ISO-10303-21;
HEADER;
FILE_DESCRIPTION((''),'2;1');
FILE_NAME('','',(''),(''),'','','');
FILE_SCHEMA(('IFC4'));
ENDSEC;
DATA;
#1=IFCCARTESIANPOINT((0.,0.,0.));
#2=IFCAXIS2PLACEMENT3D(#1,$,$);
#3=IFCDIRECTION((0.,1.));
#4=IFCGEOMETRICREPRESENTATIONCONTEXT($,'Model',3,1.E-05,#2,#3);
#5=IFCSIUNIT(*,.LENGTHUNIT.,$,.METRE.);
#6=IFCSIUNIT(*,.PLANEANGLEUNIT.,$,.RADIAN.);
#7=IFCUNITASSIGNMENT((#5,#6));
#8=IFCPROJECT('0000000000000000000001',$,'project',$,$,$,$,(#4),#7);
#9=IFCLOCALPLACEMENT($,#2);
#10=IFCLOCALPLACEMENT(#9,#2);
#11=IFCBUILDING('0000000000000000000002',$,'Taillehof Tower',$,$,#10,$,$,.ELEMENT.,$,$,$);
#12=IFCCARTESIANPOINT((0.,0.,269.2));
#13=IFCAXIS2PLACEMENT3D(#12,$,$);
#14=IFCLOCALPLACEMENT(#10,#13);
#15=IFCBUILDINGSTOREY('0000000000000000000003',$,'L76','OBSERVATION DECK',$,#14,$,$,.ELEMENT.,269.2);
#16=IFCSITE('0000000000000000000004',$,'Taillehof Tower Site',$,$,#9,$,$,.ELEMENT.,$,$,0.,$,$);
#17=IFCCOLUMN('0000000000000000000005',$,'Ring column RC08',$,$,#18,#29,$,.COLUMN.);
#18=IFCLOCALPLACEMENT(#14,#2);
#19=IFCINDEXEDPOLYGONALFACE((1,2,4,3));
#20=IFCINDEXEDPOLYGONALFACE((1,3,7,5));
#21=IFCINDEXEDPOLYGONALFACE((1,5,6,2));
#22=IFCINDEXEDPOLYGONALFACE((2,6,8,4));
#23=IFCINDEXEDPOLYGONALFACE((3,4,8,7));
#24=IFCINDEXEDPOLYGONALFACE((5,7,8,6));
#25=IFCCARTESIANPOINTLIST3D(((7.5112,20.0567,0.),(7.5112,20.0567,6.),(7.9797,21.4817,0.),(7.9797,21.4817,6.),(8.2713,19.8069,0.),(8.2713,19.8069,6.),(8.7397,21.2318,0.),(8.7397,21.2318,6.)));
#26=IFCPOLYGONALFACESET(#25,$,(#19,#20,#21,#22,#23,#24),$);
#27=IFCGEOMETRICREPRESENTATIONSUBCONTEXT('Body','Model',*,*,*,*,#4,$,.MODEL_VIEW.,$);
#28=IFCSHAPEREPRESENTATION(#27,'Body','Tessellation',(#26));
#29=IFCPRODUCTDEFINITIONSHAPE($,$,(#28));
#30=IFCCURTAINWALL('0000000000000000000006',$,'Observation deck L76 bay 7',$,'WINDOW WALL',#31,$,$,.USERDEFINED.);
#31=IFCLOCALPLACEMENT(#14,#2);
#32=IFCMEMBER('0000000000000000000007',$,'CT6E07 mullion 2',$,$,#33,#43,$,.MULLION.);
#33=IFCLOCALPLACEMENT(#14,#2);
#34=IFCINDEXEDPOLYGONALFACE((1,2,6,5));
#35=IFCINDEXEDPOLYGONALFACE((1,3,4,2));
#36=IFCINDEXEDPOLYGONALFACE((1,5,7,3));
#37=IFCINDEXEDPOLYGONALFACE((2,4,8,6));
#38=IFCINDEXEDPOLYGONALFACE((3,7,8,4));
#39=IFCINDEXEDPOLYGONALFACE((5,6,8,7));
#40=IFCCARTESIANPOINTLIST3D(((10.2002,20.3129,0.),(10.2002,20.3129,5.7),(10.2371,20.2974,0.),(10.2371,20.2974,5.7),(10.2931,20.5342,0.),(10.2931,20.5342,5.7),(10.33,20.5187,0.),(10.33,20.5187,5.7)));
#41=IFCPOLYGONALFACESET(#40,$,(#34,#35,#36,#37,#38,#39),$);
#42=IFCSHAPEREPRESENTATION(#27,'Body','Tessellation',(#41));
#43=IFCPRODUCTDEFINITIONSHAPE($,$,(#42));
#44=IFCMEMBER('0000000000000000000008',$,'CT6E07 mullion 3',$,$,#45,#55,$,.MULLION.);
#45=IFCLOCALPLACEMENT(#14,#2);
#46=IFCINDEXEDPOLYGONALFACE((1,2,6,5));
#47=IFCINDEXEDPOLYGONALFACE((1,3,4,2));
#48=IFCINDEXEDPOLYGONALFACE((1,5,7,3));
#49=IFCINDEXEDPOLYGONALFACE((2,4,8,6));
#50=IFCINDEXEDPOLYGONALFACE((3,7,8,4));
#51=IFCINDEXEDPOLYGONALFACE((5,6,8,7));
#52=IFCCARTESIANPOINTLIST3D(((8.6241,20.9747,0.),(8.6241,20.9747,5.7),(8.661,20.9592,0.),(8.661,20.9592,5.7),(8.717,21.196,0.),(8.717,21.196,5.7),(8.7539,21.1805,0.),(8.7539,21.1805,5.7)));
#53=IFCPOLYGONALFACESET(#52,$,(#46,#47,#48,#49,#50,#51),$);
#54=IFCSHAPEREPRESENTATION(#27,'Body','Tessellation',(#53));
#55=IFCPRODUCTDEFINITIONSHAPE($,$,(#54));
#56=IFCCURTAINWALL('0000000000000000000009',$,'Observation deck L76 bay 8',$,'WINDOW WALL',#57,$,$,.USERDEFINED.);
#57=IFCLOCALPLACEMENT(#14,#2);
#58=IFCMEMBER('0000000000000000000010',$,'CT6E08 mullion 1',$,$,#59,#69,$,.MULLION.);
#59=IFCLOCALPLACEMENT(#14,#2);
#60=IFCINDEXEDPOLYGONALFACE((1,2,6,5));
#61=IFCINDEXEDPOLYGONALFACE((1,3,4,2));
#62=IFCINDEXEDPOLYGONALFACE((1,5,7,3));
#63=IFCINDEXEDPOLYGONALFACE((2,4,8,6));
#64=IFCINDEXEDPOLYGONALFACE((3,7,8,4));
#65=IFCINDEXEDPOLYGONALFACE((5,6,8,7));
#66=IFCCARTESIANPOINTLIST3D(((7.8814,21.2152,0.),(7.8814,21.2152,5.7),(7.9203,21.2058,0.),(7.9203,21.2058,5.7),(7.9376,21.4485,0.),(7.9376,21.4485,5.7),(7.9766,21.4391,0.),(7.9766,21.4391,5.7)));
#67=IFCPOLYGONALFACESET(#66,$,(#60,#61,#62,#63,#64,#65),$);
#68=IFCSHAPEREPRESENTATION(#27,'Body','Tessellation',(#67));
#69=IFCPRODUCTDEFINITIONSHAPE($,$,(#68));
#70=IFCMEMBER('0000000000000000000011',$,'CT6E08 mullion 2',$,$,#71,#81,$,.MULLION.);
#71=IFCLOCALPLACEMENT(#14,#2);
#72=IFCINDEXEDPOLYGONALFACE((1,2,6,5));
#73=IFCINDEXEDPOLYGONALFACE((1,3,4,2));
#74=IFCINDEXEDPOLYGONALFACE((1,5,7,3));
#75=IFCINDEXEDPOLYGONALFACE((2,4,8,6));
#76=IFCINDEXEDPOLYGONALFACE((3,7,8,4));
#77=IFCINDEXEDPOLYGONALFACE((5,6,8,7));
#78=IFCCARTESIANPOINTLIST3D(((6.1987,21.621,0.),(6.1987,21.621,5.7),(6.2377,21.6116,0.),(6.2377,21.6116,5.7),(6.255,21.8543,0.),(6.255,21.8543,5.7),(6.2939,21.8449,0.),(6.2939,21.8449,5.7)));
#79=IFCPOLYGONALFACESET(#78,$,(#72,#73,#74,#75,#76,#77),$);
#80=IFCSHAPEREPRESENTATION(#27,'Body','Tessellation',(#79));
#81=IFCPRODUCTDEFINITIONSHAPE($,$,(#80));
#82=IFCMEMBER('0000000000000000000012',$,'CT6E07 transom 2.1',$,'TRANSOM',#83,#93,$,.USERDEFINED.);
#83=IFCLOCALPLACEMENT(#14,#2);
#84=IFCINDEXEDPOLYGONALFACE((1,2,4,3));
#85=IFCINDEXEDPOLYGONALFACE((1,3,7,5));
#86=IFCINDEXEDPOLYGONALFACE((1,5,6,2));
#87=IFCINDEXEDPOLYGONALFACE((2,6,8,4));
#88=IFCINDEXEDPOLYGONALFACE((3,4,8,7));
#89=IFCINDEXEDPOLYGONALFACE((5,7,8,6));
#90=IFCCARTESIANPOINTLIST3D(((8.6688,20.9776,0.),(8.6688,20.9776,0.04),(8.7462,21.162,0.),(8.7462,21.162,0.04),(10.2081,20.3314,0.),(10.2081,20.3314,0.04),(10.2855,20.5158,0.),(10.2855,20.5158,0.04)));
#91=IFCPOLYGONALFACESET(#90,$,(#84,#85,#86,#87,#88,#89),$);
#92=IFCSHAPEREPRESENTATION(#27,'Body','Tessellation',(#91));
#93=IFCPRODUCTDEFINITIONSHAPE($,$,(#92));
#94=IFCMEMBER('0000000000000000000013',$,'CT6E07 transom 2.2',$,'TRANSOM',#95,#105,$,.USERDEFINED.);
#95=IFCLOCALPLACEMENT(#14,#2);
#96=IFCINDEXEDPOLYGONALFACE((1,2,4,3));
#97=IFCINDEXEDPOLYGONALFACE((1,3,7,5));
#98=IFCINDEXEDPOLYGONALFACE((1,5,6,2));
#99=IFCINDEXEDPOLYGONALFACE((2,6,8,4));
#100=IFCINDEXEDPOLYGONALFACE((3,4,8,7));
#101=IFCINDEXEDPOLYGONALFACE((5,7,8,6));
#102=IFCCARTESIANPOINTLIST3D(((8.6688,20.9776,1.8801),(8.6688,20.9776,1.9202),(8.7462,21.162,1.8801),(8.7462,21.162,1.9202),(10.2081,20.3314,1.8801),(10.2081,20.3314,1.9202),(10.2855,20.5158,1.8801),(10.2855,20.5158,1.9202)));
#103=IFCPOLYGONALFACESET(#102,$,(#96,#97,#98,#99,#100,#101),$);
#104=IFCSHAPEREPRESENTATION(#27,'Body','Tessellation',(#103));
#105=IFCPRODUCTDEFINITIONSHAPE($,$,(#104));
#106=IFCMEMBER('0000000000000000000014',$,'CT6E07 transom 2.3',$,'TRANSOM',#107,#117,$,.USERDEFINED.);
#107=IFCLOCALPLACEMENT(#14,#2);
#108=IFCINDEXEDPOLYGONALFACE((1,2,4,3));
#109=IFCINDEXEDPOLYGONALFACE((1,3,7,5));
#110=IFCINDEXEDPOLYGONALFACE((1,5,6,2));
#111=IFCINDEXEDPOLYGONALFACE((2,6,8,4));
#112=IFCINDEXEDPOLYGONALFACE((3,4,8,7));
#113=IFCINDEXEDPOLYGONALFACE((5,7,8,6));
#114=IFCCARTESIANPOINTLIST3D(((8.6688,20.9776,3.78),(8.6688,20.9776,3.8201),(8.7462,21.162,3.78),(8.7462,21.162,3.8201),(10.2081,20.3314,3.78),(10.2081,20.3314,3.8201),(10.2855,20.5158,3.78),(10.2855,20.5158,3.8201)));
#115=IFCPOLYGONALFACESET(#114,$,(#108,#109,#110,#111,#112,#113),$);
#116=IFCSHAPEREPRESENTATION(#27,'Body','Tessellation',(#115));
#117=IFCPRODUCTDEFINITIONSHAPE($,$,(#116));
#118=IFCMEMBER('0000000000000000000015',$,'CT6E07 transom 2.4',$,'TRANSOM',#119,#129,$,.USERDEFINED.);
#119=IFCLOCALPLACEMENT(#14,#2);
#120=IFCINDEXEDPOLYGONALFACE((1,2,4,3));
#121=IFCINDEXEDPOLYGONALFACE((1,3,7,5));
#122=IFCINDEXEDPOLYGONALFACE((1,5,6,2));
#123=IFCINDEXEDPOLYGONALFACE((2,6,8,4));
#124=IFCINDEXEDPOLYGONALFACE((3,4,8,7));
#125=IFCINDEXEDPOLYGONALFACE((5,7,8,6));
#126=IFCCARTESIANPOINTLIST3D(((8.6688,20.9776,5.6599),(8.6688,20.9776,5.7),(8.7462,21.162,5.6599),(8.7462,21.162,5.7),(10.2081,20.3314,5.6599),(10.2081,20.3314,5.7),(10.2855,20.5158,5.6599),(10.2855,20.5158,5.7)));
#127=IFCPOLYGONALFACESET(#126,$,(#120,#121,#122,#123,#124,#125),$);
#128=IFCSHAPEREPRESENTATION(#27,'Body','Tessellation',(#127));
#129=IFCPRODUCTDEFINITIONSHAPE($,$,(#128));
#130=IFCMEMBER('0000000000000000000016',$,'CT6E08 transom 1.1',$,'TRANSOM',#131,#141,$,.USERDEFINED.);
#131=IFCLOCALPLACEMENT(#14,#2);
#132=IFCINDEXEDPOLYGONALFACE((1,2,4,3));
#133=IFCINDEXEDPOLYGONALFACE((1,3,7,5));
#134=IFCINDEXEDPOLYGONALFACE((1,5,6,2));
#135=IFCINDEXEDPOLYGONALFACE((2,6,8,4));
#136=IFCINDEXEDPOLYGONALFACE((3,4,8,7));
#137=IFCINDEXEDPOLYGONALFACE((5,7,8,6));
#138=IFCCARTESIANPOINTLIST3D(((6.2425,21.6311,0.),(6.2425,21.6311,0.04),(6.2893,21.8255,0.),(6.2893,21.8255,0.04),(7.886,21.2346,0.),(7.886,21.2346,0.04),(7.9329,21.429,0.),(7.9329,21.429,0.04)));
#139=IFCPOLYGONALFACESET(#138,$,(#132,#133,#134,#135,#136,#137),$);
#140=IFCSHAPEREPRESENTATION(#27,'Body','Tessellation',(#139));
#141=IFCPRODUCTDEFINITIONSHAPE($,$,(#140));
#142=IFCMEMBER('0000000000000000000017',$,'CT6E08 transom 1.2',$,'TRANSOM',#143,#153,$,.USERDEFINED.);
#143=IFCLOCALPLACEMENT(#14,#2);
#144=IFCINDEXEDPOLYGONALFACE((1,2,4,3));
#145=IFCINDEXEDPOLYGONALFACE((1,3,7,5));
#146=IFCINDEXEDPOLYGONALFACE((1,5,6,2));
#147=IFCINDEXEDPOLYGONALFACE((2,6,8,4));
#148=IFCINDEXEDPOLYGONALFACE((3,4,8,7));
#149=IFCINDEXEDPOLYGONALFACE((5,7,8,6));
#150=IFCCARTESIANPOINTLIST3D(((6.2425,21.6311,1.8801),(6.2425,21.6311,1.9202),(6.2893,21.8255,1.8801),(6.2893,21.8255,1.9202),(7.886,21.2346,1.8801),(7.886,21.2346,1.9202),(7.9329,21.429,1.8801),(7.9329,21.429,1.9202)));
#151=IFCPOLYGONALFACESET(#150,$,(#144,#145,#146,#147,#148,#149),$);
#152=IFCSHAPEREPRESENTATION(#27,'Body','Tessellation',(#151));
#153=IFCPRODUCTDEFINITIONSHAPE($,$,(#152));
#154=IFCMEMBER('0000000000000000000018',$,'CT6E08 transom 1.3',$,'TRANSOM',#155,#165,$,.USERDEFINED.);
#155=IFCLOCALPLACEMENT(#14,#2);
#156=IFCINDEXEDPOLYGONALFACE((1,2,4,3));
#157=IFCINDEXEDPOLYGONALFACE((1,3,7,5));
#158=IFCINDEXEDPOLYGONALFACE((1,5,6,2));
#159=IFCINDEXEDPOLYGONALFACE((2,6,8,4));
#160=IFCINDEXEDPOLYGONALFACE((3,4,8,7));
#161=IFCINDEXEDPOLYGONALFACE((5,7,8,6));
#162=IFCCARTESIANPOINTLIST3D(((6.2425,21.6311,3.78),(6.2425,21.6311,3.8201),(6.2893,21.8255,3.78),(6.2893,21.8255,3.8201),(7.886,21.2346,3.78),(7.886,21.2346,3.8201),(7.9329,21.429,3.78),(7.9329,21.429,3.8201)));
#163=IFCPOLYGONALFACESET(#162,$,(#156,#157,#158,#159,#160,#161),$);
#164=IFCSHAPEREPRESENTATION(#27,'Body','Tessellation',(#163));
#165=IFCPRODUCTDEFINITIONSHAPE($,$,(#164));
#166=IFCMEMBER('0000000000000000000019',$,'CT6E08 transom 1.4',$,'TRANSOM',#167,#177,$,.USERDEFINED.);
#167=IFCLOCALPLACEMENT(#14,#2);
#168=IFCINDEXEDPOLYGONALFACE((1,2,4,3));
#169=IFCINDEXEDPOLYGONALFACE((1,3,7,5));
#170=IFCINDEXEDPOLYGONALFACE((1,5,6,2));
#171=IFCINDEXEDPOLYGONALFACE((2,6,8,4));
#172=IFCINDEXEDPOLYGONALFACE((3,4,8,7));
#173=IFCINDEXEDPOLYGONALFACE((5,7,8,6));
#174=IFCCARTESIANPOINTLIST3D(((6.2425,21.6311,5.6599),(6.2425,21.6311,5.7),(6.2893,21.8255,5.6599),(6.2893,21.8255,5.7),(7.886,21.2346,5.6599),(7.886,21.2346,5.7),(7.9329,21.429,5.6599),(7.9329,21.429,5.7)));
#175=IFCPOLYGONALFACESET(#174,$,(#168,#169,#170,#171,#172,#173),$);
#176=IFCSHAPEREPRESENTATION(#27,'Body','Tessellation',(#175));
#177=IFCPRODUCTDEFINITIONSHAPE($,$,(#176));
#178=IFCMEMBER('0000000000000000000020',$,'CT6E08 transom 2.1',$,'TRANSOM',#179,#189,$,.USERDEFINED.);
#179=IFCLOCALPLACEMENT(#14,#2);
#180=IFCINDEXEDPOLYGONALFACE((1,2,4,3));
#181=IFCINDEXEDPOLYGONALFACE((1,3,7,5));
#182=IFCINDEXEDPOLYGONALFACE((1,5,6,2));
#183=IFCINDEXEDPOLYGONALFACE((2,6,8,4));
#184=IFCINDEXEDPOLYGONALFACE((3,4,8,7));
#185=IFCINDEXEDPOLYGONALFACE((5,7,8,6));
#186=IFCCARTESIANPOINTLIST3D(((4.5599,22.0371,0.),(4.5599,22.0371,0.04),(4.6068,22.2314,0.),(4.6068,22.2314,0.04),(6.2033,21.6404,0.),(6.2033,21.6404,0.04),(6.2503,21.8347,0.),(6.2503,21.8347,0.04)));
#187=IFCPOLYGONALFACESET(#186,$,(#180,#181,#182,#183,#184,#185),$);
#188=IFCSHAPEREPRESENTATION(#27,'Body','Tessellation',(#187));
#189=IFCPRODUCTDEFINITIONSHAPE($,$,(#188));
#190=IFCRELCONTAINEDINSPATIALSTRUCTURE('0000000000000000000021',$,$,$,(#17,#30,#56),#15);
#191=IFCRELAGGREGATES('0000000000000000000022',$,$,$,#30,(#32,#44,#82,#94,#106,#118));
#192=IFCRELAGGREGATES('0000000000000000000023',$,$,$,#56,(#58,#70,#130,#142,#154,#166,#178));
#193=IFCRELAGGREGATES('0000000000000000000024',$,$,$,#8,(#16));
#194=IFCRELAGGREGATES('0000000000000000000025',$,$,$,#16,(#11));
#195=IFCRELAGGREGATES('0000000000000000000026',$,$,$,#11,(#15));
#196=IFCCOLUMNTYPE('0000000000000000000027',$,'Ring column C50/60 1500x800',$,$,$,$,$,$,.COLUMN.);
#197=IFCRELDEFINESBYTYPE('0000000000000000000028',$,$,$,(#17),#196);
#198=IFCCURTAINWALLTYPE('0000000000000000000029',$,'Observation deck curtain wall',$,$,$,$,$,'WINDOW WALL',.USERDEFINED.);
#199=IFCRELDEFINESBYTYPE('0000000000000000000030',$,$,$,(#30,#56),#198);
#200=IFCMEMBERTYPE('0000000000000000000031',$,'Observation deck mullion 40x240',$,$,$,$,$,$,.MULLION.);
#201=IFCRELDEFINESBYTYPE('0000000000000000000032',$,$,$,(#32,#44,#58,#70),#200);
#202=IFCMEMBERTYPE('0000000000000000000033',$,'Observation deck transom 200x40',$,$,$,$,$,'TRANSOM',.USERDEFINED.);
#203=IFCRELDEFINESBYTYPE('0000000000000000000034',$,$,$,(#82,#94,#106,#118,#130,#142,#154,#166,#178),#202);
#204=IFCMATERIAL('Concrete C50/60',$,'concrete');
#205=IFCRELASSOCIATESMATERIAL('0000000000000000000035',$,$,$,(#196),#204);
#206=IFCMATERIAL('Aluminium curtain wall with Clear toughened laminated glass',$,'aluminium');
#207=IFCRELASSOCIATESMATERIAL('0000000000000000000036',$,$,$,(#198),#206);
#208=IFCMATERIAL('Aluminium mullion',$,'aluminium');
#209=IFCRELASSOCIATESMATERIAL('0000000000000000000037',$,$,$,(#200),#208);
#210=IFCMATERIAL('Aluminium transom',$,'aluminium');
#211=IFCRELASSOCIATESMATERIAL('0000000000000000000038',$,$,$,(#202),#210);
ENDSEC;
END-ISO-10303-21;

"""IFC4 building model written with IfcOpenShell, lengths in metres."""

from ifc_helpers import new_model, si_unit, direction, frame, origin, origin_2d, place, context, subcontext, project, spatial, rectangle, extrude, material, material_profile, profile_set, type_object, element, aggregate, save


model = new_model("IFC4")

# Units and contexts
model_context = context("Model", 3, precision=1e-05, world=origin(), true_north=direction((0.0, 1.0)))
body_context = subcontext(model_context, "Body", "Model", "MODEL_VIEW")
ifc_project = project(units=[si_unit("LENGTHUNIT", "METRE"), si_unit("PLANEANGLEUNIT", "RADIAN")], contexts=[model_context])

# Site, building, storey
site_placement = place(None, origin())
site = spatial("IfcSite", under=ifc_project, at=site_placement, Name="Taillehof Tower Site", CompositionType="ELEMENT", RefElevation=0.0)
building_placement = place(site_placement, origin())
building = spatial("IfcBuilding", under=site, at=building_placement, Name="Taillehof Tower", CompositionType="ELEMENT")
storey_placement = place(building_placement, frame((0.0, 0.0, 269.2)))
storey = spatial("IfcBuildingStorey", under=building, at=storey_placement, Name="L76", Description="OBSERVATION DECK", CompositionType="ELEMENT", Elevation=269.2)

# Column
ifc_material_1 = material(Name="Concrete C50/60", Category="concrete")
ifc_material_profile_1 = material_profile(ifc_material_1, rectangle(XDim=1.5, YDim=0.8, at=origin_2d()), Name="RC 1500x800")
ifc_profile_set_1 = profile_set([ifc_material_profile_1], Name="Concrete C50/60")
column_type = type_object("IfcColumnType", Name="Ring column C50/60 1500x800", PredefinedType="COLUMN", material=ifc_profile_set_1)
column_placement = place(storey_placement, frame((8.1255, 20.6443, 0.0), z_axis=(0.0, 0.0, 1.0), x_axis=(0.312304, 0.949982, 0.0)))
element("IfcColumn", 1, at=column_placement, inside=storey, type_object=column_type, Name="Ring column RC08", PredefinedType="COLUMN", context=body_context, shape_type="SweptSolid", body=[
    extrude(rectangle(XDim=1.5, YDim=0.8, at=origin_2d()), origin(), (0.0, 0.0, 1.0), 6.0),
])

# Curtain walls, members
ifc_material_2 = material(Name="Aluminium curtain wall with Clear toughened laminated glass", Category="aluminium")
curtain_wall_type = type_object("IfcCurtainWallType", Name="Observation deck curtain wall", ElementType="WINDOW WALL", PredefinedType="USERDEFINED", material=ifc_material_2)
curtain_wall_1_placement = place(storey_placement, origin())
curtain_wall_1 = element("IfcCurtainWall", 2, at=curtain_wall_1_placement, inside=storey, type_object=curtain_wall_type, Name="Observation deck L76 bay 7", ObjectType="WINDOW WALL", PredefinedType="USERDEFINED")
ifc_material_3 = material(Name="Aluminium mullion", Category="aluminium")
ifc_material_profile_2 = material_profile(ifc_material_3, rectangle(XDim=0.24, YDim=0.04, at=origin_2d()), Name="AL 40x240")
ifc_profile_set_2 = profile_set([ifc_material_profile_2], Name="Aluminium mullion")
member_type_1 = type_object("IfcMemberType", Name="Observation deck mullion 40x240", PredefinedType="MULLION", material=ifc_profile_set_2)
member_1_placement = place(storey_placement, frame((10.2651, 20.4158, 0.0), z_axis=(0.0, 0.0, 1.0), x_axis=(-0.387101, -0.922037, 0.0)))
member_1 = element("IfcMember", 3, at=member_1_placement, type_object=member_type_1, Name="CT6E07 mullion 2", PredefinedType="MULLION", context=body_context, shape_type="SweptSolid", body=[
    extrude(rectangle(XDim=0.24, YDim=0.04, at=origin_2d()), origin(), (0.0, 0.0, 1.0), 5.7),
])
member_2_placement = place(storey_placement, frame((8.689, 21.0776, 0.0), z_axis=(0.0, 0.0, 1.0), x_axis=(-0.387101, -0.922037, 0.0)))
member_2 = element("IfcMember", 4, at=member_2_placement, type_object=member_type_1, Name="CT6E07 mullion 3", PredefinedType="MULLION", context=body_context, shape_type="SweptSolid", body=[
    extrude(rectangle(XDim=0.24, YDim=0.04, at=origin_2d()), origin(), (0.0, 0.0, 1.0), 5.7),
])
curtain_wall_2_placement = place(storey_placement, origin())
curtain_wall_2 = element("IfcCurtainWall", 5, at=curtain_wall_2_placement, inside=storey, type_object=curtain_wall_type, Name="Observation deck L76 bay 8", ObjectType="WINDOW WALL", PredefinedType="USERDEFINED")
member_3_placement = place(storey_placement, frame((7.929, 21.3271, 0.0), z_axis=(0.0, 0.0, 1.0), x_axis=(-0.234515, -0.972113, 0.0)))
member_3 = element("IfcMember", 6, at=member_3_placement, type_object=member_type_1, Name="CT6E08 mullion 1", PredefinedType="MULLION", context=body_context, shape_type="SweptSolid", body=[
    extrude(rectangle(XDim=0.24, YDim=0.04, at=origin_2d()), origin(), (0.0, 0.0, 1.0), 5.7),
])
member_4_placement = place(storey_placement, frame((6.2463, 21.7329, 0.0), z_axis=(0.0, 0.0, 1.0), x_axis=(-0.234515, -0.972113, 0.0)))
member_4 = element("IfcMember", 7, at=member_4_placement, type_object=member_type_1, Name="CT6E08 mullion 2", PredefinedType="MULLION", context=body_context, shape_type="SweptSolid", body=[
    extrude(rectangle(XDim=0.24, YDim=0.04, at=origin_2d()), origin(), (0.0, 0.0, 1.0), 5.7),
])

# Members
ifc_material_4 = material(Name="Aluminium transom", Category="aluminium")
ifc_material_profile_3 = material_profile(ifc_material_4, rectangle(XDim=0.2, YDim=0.04, at=origin_2d()), Name="AL 200x40")
ifc_profile_set_3 = profile_set([ifc_material_profile_3], Name="Aluminium transom")
member_type_2 = type_object("IfcMemberType", Name="Observation deck transom 200x40", ElementType="TRANSOM", PredefinedType="USERDEFINED", material=ifc_profile_set_3)
member_5_placement = place(storey_placement, frame((10.2468, 20.4236, 0.02), z_axis=(-0.92204, 0.387096, 0.0), x_axis=(-0.387096, -0.92204, 0.0)))
member_5 = element("IfcMember", 8, at=member_5_placement, type_object=member_type_2, Name="CT6E07 transom 2.1", ObjectType="TRANSOM", PredefinedType="USERDEFINED", context=body_context, shape_type="SweptSolid", body=[
    extrude(rectangle(XDim=0.2, YDim=0.04, at=origin_2d()), origin(), (0.0, 0.0, 1.0), 1.6694),
])
member_6_placement = place(storey_placement, frame((10.2468, 20.4236, 1.9001), z_axis=(-0.92204, 0.387096, 0.0), x_axis=(-0.387096, -0.92204, 0.0)))
member_6 = element("IfcMember", 9, at=member_6_placement, type_object=member_type_2, Name="CT6E07 transom 2.2", ObjectType="TRANSOM", PredefinedType="USERDEFINED", context=body_context, shape_type="SweptSolid", body=[
    extrude(rectangle(XDim=0.2, YDim=0.04, at=origin_2d()), origin(), (0.0, 0.0, 1.0), 1.6694),
])
member_7_placement = place(storey_placement, frame((10.2468, 20.4236, 3.8), z_axis=(-0.92204, 0.387096, 0.0), x_axis=(-0.387096, -0.92204, 0.0)))
member_7 = element("IfcMember", 10, at=member_7_placement, type_object=member_type_2, Name="CT6E07 transom 2.3", ObjectType="TRANSOM", PredefinedType="USERDEFINED", context=body_context, shape_type="SweptSolid", body=[
    extrude(rectangle(XDim=0.2, YDim=0.04, at=origin_2d()), origin(), (0.0, 0.0, 1.0), 1.6694),
])
member_8_placement = place(storey_placement, frame((10.2468, 20.4236, 5.6799), z_axis=(-0.92204, 0.387096, 0.0), x_axis=(-0.387096, -0.92204, 0.0)))
member_8 = element("IfcMember", 11, at=member_8_placement, type_object=member_type_2, Name="CT6E07 transom 2.4", ObjectType="TRANSOM", PredefinedType="USERDEFINED", context=body_context, shape_type="SweptSolid", body=[
    extrude(rectangle(XDim=0.2, YDim=0.04, at=origin_2d()), origin(), (0.0, 0.0, 1.0), 1.6694),
])
member_9_placement = place(storey_placement, frame((7.9094, 21.3318, 0.02), z_axis=(-0.972114, 0.234509, 0.0), x_axis=(-0.234509, -0.972114, 0.0)))
member_9 = element("IfcMember", 12, at=member_9_placement, type_object=member_type_2, Name="CT6E08 transom 1.1", ObjectType="TRANSOM", PredefinedType="USERDEFINED", context=body_context, shape_type="SweptSolid", body=[
    extrude(rectangle(XDim=0.2, YDim=0.04, at=origin_2d()), origin(), (0.0, 0.0, 1.0), 1.6907),
])
member_10_placement = place(storey_placement, frame((7.9094, 21.3318, 1.9001), z_axis=(-0.972114, 0.234509, 0.0), x_axis=(-0.234509, -0.972114, 0.0)))
member_10 = element("IfcMember", 13, at=member_10_placement, type_object=member_type_2, Name="CT6E08 transom 1.2", ObjectType="TRANSOM", PredefinedType="USERDEFINED", context=body_context, shape_type="SweptSolid", body=[
    extrude(rectangle(XDim=0.2, YDim=0.04, at=origin_2d()), origin(), (0.0, 0.0, 1.0), 1.6907),
])
member_11_placement = place(storey_placement, frame((7.9094, 21.3318, 3.8), z_axis=(-0.972114, 0.234509, 0.0), x_axis=(-0.234509, -0.972114, 0.0)))
member_11 = element("IfcMember", 14, at=member_11_placement, type_object=member_type_2, Name="CT6E08 transom 1.3", ObjectType="TRANSOM", PredefinedType="USERDEFINED", context=body_context, shape_type="SweptSolid", body=[
    extrude(rectangle(XDim=0.2, YDim=0.04, at=origin_2d()), origin(), (0.0, 0.0, 1.0), 1.6907),
])
member_12_placement = place(storey_placement, frame((7.9094, 21.3318, 5.6799), z_axis=(-0.972114, 0.234509, 0.0), x_axis=(-0.234509, -0.972114, 0.0)))
member_12 = element("IfcMember", 15, at=member_12_placement, type_object=member_type_2, Name="CT6E08 transom 1.4", ObjectType="TRANSOM", PredefinedType="USERDEFINED", context=body_context, shape_type="SweptSolid", body=[
    extrude(rectangle(XDim=0.2, YDim=0.04, at=origin_2d()), origin(), (0.0, 0.0, 1.0), 1.6907),
])
member_13_placement = place(storey_placement, frame((6.2268, 21.7375, 0.02), z_axis=(-0.972081, 0.234645, 0.0), x_axis=(-0.234645, -0.972081, 0.0)))
member_13 = element("IfcMember", 16, at=member_13_placement, type_object=member_type_2, Name="CT6E08 transom 2.1", ObjectType="TRANSOM", PredefinedType="USERDEFINED", context=body_context, shape_type="SweptSolid", body=[
    extrude(rectangle(XDim=0.2, YDim=0.04, at=origin_2d()), origin(), (0.0, 0.0, 1.0), 1.6907),
])

aggregate(curtain_wall_1, [member_1, member_2, member_5, member_6, member_7, member_8])
aggregate(curtain_wall_2, [member_3, member_4, member_9, member_10, member_11, member_12, member_13])

save(model, "model.ifc")
